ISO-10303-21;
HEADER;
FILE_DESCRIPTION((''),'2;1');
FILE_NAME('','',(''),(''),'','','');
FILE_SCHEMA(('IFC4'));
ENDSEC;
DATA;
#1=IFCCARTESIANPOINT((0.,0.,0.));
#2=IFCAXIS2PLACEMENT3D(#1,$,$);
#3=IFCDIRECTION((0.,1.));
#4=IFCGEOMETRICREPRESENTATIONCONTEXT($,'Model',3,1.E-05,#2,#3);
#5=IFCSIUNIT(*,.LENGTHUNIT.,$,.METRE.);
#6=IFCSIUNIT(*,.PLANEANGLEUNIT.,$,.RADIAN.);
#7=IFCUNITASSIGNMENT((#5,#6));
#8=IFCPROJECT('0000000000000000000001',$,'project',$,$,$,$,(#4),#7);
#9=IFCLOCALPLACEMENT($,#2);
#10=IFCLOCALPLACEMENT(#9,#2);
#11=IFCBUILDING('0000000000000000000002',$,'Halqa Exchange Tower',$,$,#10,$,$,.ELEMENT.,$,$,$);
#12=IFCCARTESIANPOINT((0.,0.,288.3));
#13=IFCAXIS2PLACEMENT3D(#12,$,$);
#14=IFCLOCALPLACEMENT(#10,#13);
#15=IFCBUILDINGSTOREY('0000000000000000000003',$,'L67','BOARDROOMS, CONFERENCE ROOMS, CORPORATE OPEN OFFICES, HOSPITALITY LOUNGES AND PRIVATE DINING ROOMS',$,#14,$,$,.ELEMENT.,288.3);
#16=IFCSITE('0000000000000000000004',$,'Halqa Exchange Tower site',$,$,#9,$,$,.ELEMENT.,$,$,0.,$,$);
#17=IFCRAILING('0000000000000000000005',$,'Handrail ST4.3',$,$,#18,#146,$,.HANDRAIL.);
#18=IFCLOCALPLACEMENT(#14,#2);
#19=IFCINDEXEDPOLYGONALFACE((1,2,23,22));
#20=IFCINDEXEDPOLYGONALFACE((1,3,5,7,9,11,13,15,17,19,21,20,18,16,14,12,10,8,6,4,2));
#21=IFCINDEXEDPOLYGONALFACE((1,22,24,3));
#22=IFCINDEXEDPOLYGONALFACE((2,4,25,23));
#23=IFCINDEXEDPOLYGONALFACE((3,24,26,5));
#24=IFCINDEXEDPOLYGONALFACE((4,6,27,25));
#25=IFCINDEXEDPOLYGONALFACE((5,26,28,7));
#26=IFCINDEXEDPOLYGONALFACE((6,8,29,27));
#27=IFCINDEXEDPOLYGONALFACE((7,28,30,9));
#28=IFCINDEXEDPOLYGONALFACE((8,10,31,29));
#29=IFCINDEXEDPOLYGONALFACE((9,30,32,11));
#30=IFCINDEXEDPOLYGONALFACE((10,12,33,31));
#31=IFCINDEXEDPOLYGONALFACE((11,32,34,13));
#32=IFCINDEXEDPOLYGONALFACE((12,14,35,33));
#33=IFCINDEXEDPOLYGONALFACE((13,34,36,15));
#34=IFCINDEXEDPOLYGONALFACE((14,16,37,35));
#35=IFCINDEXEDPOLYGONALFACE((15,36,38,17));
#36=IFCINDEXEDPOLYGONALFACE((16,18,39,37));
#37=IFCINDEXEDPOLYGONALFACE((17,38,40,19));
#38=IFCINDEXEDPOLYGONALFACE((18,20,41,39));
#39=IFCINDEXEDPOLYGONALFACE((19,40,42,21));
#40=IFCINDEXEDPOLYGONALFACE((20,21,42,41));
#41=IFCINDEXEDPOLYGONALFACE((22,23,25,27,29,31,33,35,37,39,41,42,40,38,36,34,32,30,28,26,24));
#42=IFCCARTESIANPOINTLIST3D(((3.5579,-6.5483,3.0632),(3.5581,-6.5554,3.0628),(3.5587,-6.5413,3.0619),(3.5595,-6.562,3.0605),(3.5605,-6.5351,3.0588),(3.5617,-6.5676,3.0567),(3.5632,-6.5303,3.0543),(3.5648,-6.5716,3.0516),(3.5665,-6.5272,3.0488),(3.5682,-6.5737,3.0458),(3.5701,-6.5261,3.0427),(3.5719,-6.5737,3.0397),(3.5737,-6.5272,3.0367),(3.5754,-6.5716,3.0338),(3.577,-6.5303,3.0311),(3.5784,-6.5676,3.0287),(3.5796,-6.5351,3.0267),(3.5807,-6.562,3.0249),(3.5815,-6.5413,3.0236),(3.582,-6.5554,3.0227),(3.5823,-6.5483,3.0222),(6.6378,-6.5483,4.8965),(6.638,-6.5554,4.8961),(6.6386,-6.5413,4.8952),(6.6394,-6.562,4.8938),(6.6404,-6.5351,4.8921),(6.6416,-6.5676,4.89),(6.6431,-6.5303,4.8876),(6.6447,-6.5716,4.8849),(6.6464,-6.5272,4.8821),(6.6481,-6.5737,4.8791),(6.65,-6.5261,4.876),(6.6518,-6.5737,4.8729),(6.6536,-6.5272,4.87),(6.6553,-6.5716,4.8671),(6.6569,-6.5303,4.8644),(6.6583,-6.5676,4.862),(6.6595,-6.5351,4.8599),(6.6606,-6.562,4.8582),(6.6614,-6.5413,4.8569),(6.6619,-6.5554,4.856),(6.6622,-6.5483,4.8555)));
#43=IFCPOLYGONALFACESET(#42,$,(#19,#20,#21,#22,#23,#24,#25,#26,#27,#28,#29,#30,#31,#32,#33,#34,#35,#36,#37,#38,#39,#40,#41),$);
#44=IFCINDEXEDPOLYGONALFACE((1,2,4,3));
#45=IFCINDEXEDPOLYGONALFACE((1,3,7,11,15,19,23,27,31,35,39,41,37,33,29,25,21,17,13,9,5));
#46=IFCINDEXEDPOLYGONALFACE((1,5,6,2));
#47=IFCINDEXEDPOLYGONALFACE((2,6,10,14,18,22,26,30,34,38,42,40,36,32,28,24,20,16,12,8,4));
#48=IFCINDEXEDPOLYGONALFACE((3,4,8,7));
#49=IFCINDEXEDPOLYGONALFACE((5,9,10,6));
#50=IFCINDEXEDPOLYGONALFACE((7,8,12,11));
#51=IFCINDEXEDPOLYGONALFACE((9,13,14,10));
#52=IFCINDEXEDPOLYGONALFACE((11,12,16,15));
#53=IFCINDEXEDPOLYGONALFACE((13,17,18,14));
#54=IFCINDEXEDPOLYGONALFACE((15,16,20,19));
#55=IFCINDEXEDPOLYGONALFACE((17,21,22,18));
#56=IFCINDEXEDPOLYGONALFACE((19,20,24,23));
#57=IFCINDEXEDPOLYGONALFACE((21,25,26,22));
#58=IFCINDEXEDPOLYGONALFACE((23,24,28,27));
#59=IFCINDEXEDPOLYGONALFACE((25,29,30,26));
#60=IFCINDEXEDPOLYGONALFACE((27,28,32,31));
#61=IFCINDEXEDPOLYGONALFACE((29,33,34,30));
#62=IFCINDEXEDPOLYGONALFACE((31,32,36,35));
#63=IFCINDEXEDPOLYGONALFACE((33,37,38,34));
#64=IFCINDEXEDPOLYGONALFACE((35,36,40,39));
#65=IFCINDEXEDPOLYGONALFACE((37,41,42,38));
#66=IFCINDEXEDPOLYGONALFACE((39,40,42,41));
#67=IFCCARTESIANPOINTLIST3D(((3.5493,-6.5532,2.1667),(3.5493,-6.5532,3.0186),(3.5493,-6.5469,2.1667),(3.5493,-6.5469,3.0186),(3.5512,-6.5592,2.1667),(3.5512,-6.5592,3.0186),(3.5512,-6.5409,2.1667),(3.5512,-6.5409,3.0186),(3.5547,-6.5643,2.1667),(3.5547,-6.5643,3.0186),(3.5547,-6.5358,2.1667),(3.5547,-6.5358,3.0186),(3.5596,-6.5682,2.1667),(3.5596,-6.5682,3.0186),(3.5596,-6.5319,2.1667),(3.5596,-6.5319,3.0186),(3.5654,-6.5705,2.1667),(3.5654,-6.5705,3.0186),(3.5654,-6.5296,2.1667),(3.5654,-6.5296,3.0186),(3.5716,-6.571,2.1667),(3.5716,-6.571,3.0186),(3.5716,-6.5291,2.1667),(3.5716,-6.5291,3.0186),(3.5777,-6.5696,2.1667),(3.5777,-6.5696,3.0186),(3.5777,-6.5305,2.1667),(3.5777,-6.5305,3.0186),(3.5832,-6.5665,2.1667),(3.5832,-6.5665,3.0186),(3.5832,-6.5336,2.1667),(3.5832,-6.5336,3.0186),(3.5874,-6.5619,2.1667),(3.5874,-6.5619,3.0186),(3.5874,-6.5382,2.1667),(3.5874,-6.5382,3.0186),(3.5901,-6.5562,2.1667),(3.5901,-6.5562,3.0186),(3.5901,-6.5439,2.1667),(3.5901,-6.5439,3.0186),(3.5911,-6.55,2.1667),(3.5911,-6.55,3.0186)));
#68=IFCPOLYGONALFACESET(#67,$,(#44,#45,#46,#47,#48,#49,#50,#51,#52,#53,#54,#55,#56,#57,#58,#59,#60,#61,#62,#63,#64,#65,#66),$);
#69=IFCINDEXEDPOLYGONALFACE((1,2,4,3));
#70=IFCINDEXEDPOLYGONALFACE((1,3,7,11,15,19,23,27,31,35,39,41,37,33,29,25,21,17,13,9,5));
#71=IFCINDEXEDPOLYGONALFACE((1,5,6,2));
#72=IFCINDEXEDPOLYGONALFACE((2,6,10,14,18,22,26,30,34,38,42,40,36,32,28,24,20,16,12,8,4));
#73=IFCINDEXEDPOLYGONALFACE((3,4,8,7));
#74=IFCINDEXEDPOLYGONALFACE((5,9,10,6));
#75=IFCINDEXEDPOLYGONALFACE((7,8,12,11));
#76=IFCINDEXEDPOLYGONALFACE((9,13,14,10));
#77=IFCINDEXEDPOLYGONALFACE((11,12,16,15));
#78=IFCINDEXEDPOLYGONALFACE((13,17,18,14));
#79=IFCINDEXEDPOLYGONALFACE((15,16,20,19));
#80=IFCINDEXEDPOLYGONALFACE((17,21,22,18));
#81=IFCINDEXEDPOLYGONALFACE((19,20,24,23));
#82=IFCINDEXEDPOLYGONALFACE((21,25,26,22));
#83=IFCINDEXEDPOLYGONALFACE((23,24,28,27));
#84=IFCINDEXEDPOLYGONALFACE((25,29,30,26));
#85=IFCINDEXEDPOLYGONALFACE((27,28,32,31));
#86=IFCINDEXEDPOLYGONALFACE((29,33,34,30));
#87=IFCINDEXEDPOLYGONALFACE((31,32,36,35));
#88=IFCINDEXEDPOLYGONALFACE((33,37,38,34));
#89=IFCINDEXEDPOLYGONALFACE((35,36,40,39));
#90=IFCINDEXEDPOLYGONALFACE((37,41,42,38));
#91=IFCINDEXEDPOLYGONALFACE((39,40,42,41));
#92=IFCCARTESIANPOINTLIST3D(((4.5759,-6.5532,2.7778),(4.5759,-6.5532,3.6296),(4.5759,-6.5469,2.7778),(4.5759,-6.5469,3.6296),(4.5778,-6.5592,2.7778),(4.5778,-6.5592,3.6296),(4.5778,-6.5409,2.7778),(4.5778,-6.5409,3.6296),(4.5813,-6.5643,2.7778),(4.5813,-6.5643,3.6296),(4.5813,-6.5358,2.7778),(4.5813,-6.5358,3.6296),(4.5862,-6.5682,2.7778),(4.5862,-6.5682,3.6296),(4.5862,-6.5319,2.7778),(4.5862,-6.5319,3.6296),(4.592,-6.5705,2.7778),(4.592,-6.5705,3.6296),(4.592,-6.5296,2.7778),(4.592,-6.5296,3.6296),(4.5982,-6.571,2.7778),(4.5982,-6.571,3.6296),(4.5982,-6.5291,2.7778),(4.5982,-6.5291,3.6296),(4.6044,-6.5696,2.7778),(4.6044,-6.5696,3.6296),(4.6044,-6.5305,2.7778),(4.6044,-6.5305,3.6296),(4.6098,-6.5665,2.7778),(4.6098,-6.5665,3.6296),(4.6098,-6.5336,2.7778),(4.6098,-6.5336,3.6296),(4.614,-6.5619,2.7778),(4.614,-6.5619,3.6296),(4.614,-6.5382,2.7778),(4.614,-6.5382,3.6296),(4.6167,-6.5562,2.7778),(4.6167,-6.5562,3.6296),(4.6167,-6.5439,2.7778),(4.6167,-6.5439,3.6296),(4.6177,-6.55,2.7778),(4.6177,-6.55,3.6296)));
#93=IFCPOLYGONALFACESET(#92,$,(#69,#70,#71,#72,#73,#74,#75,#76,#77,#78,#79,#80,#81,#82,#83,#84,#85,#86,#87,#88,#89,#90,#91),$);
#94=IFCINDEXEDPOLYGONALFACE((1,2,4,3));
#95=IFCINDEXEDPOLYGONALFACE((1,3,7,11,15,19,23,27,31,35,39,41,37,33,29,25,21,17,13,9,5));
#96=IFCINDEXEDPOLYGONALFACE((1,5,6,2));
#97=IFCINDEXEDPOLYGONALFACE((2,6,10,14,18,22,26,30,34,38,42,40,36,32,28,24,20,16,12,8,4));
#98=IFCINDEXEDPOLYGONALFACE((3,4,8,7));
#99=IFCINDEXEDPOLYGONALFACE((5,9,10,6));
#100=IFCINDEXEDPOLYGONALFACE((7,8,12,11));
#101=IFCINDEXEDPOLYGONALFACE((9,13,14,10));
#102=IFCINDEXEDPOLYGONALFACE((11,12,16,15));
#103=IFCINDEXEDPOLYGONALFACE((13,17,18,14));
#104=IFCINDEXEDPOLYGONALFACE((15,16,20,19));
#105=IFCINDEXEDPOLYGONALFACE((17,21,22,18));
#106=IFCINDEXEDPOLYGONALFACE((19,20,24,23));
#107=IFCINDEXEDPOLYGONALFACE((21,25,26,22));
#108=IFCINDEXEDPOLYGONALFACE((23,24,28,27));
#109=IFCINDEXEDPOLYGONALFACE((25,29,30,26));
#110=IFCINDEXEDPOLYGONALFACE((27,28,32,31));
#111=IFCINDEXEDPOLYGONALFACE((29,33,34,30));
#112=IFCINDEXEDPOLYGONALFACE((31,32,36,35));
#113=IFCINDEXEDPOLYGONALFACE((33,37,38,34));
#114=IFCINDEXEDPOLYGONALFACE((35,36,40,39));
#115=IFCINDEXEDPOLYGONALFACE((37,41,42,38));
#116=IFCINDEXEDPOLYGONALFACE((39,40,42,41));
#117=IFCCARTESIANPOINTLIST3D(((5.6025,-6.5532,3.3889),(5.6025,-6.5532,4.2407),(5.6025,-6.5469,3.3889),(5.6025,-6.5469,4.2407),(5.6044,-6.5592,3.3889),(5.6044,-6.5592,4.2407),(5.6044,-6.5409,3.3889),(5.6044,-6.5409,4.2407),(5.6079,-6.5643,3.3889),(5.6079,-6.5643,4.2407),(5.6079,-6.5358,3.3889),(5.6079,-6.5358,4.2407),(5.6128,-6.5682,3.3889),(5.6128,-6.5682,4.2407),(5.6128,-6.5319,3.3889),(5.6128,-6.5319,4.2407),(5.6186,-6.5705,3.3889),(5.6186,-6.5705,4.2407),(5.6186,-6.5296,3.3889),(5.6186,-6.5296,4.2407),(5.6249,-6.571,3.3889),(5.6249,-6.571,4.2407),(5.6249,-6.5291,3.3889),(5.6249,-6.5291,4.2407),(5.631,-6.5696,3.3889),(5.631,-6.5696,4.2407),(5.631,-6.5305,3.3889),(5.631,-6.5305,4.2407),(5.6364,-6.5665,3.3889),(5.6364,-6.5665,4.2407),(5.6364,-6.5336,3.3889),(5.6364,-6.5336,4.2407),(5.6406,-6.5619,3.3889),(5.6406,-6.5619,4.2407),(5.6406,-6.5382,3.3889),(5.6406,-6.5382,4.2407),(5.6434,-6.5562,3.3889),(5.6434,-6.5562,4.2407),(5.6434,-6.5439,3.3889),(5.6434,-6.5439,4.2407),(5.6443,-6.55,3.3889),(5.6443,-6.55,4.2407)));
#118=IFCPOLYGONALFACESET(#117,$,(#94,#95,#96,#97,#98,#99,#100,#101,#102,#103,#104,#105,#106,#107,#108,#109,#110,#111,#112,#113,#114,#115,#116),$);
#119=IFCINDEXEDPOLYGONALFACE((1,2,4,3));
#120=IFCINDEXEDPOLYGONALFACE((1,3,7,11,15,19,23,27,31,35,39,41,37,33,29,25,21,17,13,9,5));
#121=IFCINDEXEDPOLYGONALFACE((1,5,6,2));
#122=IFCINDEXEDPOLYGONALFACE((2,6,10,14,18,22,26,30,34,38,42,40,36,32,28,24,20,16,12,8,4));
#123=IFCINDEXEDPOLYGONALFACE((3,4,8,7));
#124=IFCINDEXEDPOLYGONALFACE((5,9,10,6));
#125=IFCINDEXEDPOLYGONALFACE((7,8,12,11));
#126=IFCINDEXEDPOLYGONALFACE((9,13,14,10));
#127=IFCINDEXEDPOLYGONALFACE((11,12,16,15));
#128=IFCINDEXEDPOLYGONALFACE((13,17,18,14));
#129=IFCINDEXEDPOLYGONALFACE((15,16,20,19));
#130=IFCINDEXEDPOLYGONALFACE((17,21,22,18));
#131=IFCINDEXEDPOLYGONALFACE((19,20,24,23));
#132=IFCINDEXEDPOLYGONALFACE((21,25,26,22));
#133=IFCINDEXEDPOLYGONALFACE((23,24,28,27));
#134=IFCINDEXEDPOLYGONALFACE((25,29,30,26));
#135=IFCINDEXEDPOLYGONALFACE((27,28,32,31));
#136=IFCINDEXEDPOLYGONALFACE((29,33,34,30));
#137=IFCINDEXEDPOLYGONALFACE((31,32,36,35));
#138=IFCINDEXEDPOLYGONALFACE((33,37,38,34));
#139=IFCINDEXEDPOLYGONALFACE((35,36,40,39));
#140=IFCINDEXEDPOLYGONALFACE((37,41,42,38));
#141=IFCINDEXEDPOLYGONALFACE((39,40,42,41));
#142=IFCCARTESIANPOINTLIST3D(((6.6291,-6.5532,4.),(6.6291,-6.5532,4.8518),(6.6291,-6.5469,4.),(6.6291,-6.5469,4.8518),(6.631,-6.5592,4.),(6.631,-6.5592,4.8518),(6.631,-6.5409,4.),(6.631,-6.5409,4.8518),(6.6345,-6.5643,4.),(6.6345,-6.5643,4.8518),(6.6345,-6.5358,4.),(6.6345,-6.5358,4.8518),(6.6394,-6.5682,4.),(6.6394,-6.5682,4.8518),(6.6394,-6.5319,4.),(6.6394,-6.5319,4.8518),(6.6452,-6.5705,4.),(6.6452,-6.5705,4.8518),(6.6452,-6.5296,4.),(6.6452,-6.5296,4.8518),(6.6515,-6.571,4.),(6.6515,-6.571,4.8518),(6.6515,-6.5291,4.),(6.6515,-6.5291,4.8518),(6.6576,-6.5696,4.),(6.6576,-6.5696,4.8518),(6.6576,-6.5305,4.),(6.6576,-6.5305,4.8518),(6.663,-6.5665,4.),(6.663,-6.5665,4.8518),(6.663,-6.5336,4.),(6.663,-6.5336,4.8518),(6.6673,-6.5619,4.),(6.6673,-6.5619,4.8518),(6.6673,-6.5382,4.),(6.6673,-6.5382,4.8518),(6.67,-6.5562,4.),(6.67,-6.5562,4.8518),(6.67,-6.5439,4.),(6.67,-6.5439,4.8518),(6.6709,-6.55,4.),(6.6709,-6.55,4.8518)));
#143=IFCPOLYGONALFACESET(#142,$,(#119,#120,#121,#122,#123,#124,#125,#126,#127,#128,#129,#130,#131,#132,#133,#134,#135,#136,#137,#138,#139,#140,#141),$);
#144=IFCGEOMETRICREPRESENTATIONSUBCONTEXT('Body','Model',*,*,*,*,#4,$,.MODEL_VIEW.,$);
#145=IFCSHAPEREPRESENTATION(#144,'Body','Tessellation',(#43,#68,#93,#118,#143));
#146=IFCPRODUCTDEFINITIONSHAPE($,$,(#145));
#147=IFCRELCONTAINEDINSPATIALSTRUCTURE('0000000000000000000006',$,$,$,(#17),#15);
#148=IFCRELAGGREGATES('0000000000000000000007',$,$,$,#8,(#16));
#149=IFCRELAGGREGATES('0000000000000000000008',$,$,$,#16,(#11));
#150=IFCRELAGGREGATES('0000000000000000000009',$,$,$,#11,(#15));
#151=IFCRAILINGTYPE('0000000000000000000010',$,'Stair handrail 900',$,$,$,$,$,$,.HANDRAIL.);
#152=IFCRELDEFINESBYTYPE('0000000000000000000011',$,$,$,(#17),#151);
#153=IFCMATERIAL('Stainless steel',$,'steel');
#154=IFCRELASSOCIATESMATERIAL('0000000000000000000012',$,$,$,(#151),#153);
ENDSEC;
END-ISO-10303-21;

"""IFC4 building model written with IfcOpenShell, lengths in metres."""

from ifc_helpers import new_model, si_unit, direction, frame, origin, origin_2d, place, context, subcontext, project, spatial, circle, extrude, material, type_object, element, save


model = new_model("IFC4")

# Units and contexts
model_context = context("Model", 3, precision=1e-05, world=origin(), true_north=direction((0.0, 1.0)))
body_context = subcontext(model_context, "Body", "Model", "MODEL_VIEW")
ifc_project = project(units=[si_unit("LENGTHUNIT", "METRE"), si_unit("PLANEANGLEUNIT", "RADIAN")], contexts=[model_context])

# Site, building, storey
site_placement = place(None, origin())
site = spatial("IfcSite", under=ifc_project, at=site_placement, Name="Halqa Exchange Tower site", CompositionType="ELEMENT", RefElevation=0.0)
building_placement = place(site_placement, origin())
building = spatial("IfcBuilding", under=site, at=building_placement, Name="Halqa Exchange Tower", CompositionType="ELEMENT")
storey_placement = place(building_placement, frame((0.0, 0.0, 288.3)))
storey = spatial("IfcBuildingStorey", under=building, at=storey_placement, Name="L67", Description="BOARDROOMS, CONFERENCE ROOMS, CORPORATE OPEN OFFICES, HOSPITALITY LOUNGES AND PRIVATE DINING ROOMS", CompositionType="ELEMENT", Elevation=288.3)

# Railing
ifc_material_1 = material(Name="Stainless steel", Category="steel")
railing_type_1 = type_object("IfcRailingType", Name="Stair handrail 900", PredefinedType="HANDRAIL", material=ifc_material_1)
railing_1_placement = place(storey_placement, frame((3.5701, -6.55, 2.1667)))
element("IfcRailing", 1, at=railing_1_placement, inside=storey, type_object=railing_type_1, Name="Handrail ST4.3", PredefinedType="HANDRAIL", context=body_context, shape_type="SweptSolid", body=[
    extrude(circle(Radius=0.0239, at=origin_2d()), frame((0.0, 0.0, 0.876), z_axis=(0.859291, 0.0, 0.511487), x_axis=(0.0, 1.0, 0.0)), (0.0, 0.0, 1.0), 3.5842),
    extrude(circle(Radius=0.021, at=origin_2d()), origin(), (0.0, 0.0, 1.0), 0.8518),
    extrude(circle(Radius=0.021, at=origin_2d()), frame((1.0266, 0.0, 0.6111)), (0.0, 0.0, 1.0), 0.8518),
    extrude(circle(Radius=0.021, at=origin_2d()), frame((2.0532, 0.0, 1.2222)), (0.0, 0.0, 1.0), 0.8518),
    extrude(circle(Radius=0.021, at=origin_2d()), frame((3.0798, 0.0, 1.8333)), (0.0, 0.0, 1.0), 0.8518),
])

save(model, "model.ifc")
